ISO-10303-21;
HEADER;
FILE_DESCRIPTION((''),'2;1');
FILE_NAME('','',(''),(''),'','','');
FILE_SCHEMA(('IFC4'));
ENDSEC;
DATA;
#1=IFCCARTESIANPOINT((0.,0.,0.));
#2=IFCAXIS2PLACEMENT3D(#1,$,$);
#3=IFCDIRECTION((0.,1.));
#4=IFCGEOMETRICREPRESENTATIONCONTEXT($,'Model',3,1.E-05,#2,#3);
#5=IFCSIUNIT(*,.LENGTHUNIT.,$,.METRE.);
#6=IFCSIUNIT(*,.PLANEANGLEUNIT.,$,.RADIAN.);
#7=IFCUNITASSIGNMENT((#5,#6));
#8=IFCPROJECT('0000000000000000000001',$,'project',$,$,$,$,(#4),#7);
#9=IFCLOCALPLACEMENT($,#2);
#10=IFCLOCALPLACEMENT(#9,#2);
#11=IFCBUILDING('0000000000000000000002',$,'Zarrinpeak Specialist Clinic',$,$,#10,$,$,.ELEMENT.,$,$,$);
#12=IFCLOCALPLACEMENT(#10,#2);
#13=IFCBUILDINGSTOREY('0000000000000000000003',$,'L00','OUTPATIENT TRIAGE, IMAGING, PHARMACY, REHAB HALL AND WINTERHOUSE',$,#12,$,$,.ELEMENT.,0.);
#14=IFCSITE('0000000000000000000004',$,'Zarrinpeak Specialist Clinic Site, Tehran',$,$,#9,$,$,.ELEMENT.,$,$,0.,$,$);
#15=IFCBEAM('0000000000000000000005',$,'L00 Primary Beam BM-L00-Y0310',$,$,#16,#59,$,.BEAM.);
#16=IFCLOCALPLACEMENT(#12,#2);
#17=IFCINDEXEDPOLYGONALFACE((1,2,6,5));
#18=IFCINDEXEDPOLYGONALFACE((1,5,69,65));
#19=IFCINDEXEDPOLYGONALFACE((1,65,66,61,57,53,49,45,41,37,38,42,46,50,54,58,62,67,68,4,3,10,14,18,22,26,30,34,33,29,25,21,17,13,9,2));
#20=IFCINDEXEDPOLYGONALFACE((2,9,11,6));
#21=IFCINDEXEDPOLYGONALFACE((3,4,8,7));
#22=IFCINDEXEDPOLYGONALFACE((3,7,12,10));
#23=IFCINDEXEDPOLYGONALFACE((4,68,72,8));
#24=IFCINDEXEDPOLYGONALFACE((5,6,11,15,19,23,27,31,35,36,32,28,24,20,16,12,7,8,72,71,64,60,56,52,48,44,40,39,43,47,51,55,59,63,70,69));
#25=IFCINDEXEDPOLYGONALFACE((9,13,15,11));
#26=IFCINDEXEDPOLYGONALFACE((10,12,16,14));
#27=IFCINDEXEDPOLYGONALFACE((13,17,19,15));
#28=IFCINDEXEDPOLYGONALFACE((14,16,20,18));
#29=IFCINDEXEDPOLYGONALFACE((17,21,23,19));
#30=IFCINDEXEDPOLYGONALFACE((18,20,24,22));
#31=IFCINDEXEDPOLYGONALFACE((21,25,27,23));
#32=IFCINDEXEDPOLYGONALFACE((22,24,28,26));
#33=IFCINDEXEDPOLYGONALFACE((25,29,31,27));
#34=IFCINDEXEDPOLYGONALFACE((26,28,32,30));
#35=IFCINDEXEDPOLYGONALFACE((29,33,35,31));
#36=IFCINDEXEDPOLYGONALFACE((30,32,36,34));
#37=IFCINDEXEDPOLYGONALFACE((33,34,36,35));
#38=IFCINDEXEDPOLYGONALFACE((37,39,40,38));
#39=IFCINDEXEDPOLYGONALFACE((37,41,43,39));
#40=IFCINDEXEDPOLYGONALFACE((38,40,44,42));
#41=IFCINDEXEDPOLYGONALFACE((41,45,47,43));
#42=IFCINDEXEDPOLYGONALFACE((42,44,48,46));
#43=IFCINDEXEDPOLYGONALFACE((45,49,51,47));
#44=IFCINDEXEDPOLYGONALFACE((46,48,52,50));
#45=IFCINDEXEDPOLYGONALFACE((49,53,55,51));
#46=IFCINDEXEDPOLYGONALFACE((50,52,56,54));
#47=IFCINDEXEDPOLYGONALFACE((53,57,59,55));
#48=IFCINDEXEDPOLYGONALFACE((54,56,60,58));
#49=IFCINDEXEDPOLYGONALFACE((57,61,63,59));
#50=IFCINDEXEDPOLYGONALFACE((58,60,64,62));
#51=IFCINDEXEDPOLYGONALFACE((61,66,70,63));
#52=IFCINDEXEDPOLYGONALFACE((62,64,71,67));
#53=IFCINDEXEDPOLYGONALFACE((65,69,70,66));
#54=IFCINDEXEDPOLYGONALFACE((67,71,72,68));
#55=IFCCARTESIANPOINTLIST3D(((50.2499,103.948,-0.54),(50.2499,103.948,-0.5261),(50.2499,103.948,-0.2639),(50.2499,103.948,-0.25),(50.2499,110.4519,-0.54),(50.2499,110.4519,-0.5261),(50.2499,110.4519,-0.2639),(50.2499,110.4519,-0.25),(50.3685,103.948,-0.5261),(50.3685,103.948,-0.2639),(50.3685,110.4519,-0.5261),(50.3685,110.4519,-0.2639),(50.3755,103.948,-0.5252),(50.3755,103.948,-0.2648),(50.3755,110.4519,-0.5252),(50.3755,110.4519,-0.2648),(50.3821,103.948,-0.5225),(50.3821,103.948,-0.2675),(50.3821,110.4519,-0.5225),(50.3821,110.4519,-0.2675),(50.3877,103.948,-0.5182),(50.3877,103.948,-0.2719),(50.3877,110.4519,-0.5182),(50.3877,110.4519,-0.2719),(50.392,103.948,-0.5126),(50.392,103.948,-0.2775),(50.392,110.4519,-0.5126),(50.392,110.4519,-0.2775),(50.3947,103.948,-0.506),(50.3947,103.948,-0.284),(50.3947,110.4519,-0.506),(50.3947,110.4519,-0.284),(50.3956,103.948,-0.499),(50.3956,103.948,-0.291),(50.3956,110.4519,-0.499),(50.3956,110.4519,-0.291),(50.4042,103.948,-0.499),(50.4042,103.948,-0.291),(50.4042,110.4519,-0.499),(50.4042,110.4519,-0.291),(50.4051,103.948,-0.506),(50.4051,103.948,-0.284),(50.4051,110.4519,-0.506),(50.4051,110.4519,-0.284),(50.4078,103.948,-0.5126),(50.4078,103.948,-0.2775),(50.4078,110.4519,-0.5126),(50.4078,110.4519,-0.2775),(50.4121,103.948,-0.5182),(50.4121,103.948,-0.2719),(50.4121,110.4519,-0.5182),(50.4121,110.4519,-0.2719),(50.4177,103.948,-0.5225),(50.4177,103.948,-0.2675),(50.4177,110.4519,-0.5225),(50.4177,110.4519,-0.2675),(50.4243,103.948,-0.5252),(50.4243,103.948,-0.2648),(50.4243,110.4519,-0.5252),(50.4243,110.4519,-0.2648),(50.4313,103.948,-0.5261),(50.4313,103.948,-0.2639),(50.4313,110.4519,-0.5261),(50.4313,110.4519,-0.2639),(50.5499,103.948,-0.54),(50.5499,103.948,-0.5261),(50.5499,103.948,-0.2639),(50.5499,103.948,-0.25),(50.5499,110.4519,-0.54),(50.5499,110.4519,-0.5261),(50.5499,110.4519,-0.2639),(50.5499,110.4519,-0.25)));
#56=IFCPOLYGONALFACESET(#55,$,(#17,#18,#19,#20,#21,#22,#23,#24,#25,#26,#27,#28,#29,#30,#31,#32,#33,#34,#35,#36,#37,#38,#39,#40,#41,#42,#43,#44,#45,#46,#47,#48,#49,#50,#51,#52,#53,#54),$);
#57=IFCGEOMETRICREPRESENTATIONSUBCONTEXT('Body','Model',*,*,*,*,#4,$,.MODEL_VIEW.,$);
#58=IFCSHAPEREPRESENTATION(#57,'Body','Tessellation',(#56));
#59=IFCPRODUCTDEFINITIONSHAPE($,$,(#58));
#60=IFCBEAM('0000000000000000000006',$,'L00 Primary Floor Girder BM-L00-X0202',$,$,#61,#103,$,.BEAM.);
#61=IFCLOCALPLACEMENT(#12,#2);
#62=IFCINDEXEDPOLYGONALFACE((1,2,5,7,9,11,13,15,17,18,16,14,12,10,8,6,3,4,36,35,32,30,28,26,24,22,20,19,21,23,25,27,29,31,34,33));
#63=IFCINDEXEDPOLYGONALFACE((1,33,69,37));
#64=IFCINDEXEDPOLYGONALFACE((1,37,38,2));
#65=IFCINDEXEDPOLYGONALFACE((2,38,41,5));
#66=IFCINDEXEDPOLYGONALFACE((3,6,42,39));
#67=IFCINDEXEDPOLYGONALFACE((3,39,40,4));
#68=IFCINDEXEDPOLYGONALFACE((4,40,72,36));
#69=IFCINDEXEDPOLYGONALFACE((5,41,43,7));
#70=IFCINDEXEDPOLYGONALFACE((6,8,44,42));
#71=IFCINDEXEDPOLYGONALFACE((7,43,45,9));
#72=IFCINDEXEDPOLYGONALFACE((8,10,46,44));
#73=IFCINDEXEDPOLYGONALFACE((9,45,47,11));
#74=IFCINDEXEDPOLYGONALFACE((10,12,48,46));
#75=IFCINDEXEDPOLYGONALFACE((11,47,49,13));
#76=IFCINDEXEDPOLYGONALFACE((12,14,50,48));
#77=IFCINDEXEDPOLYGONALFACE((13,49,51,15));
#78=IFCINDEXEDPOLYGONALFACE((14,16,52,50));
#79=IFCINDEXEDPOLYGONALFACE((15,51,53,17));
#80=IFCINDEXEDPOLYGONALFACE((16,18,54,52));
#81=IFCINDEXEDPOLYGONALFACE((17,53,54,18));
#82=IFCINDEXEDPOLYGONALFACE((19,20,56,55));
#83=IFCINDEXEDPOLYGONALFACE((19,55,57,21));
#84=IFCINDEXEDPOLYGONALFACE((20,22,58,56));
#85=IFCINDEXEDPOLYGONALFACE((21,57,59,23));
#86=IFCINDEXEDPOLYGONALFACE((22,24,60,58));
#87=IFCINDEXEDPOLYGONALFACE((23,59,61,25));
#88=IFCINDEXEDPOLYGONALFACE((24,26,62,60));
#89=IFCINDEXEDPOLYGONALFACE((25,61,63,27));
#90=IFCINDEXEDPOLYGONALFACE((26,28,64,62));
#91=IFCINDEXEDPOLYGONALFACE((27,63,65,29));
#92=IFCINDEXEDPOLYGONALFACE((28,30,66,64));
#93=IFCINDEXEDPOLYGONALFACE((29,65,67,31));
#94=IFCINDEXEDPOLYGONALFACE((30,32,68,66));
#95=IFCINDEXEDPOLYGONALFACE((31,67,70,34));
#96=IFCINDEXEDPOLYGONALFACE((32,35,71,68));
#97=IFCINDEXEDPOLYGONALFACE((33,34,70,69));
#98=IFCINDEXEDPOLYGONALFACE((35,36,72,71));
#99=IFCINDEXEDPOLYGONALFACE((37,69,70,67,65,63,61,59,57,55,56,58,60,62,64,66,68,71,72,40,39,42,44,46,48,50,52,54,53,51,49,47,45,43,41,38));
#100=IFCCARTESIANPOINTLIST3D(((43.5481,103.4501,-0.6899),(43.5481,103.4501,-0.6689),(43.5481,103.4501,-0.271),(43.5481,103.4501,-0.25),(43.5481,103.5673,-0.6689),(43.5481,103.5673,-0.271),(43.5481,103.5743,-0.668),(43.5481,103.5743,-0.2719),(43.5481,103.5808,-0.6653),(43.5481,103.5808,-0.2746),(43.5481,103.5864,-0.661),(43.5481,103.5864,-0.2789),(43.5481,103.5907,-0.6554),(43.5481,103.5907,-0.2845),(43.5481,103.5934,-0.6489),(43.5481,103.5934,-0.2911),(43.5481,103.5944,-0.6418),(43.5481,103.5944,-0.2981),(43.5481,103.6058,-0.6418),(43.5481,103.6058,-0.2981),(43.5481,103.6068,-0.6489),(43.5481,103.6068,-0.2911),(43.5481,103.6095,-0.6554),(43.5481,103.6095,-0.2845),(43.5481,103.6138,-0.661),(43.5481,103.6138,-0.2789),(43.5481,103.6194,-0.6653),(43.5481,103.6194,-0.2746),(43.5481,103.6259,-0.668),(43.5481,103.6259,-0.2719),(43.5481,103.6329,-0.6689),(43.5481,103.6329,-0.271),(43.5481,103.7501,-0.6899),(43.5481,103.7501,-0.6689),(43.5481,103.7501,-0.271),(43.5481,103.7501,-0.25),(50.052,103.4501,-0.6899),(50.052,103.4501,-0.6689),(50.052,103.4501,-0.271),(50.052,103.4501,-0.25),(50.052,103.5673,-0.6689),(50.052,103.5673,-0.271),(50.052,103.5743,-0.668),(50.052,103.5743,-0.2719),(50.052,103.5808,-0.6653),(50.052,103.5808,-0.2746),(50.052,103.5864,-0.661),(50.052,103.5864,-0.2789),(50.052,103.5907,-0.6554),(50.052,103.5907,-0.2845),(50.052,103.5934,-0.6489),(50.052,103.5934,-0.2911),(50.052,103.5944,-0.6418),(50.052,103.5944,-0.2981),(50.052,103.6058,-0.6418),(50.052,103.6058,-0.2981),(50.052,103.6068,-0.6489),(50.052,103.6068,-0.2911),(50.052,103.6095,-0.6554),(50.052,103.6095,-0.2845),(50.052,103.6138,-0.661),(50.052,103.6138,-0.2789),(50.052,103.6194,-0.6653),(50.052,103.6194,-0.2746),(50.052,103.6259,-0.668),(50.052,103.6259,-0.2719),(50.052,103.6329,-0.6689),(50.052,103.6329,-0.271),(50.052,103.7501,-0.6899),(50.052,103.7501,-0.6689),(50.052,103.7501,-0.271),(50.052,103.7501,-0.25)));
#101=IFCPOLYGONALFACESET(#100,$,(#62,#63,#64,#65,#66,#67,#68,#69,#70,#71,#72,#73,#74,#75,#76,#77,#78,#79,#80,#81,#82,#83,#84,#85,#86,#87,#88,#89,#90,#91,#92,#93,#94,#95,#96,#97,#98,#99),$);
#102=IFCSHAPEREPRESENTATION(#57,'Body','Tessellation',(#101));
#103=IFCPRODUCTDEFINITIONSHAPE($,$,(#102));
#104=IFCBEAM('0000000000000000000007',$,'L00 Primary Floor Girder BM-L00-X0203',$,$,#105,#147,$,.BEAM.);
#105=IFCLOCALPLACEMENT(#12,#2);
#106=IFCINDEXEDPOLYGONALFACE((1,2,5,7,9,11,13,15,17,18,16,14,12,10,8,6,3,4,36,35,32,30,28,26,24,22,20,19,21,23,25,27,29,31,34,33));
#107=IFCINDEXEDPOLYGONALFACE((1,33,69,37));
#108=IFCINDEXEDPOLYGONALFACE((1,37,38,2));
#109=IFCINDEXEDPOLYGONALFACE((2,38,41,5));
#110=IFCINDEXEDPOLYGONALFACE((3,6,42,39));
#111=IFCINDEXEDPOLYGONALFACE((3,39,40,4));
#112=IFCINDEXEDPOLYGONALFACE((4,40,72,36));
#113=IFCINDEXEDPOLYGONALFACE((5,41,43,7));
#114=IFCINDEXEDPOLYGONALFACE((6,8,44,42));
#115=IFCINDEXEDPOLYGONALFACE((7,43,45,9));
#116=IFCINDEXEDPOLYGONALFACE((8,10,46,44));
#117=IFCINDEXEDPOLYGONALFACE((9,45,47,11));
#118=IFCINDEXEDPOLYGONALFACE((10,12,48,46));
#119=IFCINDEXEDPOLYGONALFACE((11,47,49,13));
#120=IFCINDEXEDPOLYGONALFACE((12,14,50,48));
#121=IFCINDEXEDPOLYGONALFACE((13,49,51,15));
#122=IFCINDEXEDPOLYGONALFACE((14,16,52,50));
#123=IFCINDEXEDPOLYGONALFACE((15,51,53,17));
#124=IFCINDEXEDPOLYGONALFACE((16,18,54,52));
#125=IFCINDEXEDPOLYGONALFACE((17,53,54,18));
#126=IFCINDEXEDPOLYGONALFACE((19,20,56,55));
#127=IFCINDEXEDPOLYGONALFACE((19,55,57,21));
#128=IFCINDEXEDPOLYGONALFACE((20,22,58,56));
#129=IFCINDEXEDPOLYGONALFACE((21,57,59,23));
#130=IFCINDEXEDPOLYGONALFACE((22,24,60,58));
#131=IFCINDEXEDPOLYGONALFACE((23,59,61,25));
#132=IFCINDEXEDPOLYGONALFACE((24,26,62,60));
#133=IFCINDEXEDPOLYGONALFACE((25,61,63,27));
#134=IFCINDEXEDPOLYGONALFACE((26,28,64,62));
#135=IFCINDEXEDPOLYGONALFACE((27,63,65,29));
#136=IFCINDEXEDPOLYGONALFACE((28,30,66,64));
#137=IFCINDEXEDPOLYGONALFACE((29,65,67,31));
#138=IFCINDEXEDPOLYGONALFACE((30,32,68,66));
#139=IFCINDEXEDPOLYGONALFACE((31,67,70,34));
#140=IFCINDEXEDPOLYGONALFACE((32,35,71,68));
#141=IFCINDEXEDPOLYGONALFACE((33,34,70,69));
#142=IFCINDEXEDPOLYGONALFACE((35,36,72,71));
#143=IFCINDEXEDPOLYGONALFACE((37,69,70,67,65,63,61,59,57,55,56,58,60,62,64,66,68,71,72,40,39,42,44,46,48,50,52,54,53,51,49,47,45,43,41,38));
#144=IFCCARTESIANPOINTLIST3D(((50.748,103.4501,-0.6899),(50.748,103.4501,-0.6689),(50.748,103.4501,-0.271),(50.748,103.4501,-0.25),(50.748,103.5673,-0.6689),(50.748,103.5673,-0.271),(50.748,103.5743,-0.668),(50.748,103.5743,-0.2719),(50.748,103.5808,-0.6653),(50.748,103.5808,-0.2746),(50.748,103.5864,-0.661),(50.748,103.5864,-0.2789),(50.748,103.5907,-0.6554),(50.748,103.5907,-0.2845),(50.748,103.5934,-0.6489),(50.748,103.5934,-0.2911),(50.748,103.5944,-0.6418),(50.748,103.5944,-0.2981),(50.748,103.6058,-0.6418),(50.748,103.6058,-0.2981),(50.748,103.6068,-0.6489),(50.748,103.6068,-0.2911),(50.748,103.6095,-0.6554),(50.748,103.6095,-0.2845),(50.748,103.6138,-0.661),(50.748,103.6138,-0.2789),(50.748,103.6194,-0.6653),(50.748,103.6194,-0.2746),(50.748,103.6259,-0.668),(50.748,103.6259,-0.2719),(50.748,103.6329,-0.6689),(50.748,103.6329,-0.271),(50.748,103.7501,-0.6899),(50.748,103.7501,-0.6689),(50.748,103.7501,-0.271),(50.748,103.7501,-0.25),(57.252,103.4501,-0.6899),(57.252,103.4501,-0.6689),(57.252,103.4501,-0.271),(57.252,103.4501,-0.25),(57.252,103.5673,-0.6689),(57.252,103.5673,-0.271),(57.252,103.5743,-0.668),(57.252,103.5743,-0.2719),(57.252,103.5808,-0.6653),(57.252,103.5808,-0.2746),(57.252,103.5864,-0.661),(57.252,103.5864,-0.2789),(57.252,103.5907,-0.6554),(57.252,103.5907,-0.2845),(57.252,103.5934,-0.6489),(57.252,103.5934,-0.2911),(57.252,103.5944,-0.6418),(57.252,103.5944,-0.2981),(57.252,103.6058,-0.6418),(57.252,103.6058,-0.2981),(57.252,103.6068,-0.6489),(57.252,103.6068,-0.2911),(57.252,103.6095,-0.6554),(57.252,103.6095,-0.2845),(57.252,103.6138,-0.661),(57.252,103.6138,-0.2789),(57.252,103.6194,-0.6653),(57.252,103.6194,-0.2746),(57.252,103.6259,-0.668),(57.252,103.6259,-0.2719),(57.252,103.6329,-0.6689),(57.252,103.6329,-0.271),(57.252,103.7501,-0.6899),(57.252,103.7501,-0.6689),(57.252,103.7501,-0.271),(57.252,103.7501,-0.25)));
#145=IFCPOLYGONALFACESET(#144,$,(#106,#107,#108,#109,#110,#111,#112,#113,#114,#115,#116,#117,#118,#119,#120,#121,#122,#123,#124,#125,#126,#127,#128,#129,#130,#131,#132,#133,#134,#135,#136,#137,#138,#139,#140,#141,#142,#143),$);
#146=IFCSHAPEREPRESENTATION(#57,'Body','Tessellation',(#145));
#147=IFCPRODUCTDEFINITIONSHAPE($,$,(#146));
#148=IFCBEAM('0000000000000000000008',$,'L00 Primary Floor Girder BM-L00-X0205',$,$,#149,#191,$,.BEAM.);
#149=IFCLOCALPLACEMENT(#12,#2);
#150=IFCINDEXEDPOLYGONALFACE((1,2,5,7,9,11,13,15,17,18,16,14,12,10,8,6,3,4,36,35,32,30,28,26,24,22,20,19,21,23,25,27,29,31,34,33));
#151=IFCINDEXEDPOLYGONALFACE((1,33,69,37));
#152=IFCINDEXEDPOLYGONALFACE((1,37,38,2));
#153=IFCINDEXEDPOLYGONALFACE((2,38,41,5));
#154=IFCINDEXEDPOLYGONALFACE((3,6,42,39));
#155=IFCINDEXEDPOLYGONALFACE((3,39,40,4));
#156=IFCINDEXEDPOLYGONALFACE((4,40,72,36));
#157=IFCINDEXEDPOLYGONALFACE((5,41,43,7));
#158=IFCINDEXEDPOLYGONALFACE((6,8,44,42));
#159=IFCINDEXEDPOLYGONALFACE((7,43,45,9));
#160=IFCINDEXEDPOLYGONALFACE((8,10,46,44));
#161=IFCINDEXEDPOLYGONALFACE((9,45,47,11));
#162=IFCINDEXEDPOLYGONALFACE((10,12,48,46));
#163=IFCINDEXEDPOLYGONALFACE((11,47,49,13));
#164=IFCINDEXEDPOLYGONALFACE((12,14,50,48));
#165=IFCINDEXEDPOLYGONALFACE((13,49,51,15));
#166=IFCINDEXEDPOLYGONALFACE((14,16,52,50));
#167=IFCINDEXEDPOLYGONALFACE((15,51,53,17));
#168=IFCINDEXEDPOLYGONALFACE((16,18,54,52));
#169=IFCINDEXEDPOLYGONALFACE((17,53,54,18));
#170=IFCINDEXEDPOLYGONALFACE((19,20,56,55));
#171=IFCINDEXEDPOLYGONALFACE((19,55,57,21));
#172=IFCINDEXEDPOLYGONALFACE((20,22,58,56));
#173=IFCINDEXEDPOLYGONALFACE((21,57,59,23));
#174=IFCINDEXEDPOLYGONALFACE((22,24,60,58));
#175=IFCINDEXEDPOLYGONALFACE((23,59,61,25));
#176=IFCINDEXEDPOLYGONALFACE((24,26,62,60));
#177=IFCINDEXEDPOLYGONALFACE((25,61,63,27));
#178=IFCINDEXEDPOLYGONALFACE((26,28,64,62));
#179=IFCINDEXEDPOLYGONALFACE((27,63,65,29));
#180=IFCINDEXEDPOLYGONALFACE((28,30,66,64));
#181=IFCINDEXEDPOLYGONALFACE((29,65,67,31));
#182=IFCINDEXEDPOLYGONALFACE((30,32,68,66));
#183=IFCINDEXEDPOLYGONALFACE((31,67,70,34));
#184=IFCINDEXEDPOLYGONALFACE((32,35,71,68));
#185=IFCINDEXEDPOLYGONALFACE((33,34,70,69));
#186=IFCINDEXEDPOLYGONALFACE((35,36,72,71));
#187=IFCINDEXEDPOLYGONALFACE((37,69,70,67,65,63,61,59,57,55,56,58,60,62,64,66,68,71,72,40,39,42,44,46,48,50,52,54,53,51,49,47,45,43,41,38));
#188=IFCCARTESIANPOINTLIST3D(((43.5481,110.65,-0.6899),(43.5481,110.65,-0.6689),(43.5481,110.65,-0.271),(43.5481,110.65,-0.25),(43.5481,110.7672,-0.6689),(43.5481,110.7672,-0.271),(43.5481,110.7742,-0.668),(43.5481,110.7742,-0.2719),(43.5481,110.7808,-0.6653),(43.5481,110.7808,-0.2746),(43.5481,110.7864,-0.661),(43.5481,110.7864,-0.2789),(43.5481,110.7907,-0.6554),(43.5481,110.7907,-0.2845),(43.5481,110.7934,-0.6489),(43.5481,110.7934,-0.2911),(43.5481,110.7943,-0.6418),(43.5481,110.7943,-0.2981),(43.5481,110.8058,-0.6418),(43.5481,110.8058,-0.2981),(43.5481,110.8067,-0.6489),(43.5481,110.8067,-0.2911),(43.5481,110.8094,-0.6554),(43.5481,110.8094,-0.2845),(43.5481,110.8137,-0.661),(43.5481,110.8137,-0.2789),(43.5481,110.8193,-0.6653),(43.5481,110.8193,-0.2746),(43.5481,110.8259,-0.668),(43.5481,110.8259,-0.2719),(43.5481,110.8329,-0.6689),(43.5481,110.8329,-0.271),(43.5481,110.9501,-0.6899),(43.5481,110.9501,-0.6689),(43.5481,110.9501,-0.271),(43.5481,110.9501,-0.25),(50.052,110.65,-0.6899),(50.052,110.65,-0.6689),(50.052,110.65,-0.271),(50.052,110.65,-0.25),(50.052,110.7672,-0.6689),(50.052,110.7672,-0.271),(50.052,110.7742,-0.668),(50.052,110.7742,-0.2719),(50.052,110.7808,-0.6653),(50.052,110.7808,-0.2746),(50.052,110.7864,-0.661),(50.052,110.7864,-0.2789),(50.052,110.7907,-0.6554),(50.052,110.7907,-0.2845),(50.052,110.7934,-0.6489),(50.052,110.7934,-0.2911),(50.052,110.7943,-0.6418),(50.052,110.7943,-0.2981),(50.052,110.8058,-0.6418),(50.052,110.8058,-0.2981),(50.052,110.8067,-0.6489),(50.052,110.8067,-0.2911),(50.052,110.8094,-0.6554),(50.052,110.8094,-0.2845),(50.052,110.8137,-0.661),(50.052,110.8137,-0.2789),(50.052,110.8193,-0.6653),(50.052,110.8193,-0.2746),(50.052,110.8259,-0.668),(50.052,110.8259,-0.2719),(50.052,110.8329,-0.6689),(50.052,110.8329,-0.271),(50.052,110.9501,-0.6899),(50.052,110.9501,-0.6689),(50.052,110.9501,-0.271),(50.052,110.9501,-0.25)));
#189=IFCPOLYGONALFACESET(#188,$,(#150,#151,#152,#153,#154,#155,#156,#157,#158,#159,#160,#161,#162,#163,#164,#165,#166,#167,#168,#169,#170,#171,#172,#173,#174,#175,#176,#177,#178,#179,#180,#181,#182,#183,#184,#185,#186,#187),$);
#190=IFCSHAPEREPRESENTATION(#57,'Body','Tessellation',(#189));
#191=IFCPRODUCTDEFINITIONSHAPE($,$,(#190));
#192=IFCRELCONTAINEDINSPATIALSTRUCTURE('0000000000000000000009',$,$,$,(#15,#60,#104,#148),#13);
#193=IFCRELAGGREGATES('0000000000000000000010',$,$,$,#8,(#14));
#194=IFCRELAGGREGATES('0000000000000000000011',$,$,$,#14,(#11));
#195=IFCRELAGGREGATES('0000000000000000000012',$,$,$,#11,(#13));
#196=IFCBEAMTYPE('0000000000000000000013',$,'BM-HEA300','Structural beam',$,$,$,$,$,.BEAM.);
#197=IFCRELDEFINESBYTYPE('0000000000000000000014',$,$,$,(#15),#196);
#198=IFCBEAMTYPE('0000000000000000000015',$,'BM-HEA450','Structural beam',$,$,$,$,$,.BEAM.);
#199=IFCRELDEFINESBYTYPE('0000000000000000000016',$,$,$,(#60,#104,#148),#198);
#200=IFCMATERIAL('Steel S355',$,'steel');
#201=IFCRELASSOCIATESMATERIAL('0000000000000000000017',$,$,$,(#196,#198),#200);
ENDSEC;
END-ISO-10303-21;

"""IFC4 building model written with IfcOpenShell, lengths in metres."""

from ifc_helpers import new_model, si_unit, direction, frame, origin, origin_2d, place, context, subcontext, project, spatial, i_section, extrude, material, material_profile, profile_set, type_object, element, save


model = new_model("IFC4")

# Units and contexts
model_context = context("Model", 3, precision=1e-05, world=origin(), true_north=direction((0.0, 1.0)))
body_context = subcontext(model_context, "Body", "Model", "MODEL_VIEW")
ifc_project = project(units=[si_unit("LENGTHUNIT", "METRE"), si_unit("PLANEANGLEUNIT", "RADIAN")], contexts=[model_context])

# Site, building, storey
site_placement = place(None, origin())
site = spatial("IfcSite", under=ifc_project, at=site_placement, Name="Zarrinpeak Specialist Clinic Site, Tehran", CompositionType="ELEMENT", RefElevation=0.0)
building_placement = place(site_placement, origin())
building = spatial("IfcBuilding", under=site, at=building_placement, Name="Zarrinpeak Specialist Clinic", CompositionType="ELEMENT")
storey_placement = place(building_placement, origin())
storey = spatial("IfcBuildingStorey", under=building, at=storey_placement, Name="L00", Description="OUTPATIENT TRIAGE, IMAGING, PHARMACY, REHAB HALL AND WINTERHOUSE", CompositionType="ELEMENT", Elevation=0.0)

# Shared definitions
ifc_material_1 = material(Name="Steel S355", Category="steel")

# Beams
ifc_material_profile_1 = material_profile(ifc_material_1, i_section(OverallWidth=0.3, OverallDepth=0.29, WebThickness=0.0085, FlangeThickness=0.0139, FilletRadius=0.0271, at=origin_2d()), Name="HEA 300")
ifc_profile_set_1 = profile_set([ifc_material_profile_1], Name="Steel S355")
beam_type_1 = type_object("IfcBeamType", Name="BM-HEA300", Description="Structural beam", PredefinedType="BEAM", material=ifc_profile_set_1)
for number, where, z_axis, x_axis, name in (
    (1, (50.3999, 103.948, -0.395), (0.0, 1.0, 0.0), (-1.0, 0.0, 0.0), "L00 Primary Beam BM-L00-Y0310"),
):
    element("IfcBeam", number, at=place(storey_placement, frame(where, z_axis=z_axis, x_axis=x_axis)), inside=storey, type_object=beam_type_1, Name=name, PredefinedType="BEAM", context=body_context, shape_type="SweptSolid", body=[
        extrude(i_section(OverallWidth=0.3, OverallDepth=0.29, WebThickness=0.0085, FlangeThickness=0.0139, FilletRadius=0.0271, at=origin_2d()), origin(), (0.0, 0.0, 1.0), 6.5039),
    ])
ifc_material_profile_2 = material_profile(ifc_material_1, i_section(OverallWidth=0.3, OverallDepth=0.4399, WebThickness=0.0115, FlangeThickness=0.021, FilletRadius=0.0271, at=origin_2d()), Name="HEA 450")
ifc_profile_set_2 = profile_set([ifc_material_profile_2], Name="Steel S355")
beam_type_2 = type_object("IfcBeamType", Name="BM-HEA450", Description="Structural beam", PredefinedType="BEAM", material=ifc_profile_set_2)
for number, where, z_axis, x_axis, name in (
    (2, (43.5481, 103.6001, -0.47), (1.0, 0.0, 0.0), (0.0, 1.0, 0.0), "L00 Primary Floor Girder BM-L00-X0202"),
    (3, (50.748, 103.6001, -0.47), (1.0, 0.0, 0.0), (0.0, 1.0, 0.0), "L00 Primary Floor Girder BM-L00-X0203"),
    (4, (43.5481, 110.8, -0.47), (1.0, 0.0, 0.0), (0.0, 1.0, 0.0), "L00 Primary Floor Girder BM-L00-X0205"),
):
    element("IfcBeam", number, at=place(storey_placement, frame(where, z_axis=z_axis, x_axis=x_axis)), inside=storey, type_object=beam_type_2, Name=name, PredefinedType="BEAM", context=body_context, shape_type="SweptSolid", body=[
        extrude(i_section(OverallWidth=0.3, OverallDepth=0.4399, WebThickness=0.0115, FlangeThickness=0.021, FilletRadius=0.0271, at=origin_2d()), origin(), (0.0, 0.0, 1.0), 6.5039),
    ])

save(model, "model.ifc")
